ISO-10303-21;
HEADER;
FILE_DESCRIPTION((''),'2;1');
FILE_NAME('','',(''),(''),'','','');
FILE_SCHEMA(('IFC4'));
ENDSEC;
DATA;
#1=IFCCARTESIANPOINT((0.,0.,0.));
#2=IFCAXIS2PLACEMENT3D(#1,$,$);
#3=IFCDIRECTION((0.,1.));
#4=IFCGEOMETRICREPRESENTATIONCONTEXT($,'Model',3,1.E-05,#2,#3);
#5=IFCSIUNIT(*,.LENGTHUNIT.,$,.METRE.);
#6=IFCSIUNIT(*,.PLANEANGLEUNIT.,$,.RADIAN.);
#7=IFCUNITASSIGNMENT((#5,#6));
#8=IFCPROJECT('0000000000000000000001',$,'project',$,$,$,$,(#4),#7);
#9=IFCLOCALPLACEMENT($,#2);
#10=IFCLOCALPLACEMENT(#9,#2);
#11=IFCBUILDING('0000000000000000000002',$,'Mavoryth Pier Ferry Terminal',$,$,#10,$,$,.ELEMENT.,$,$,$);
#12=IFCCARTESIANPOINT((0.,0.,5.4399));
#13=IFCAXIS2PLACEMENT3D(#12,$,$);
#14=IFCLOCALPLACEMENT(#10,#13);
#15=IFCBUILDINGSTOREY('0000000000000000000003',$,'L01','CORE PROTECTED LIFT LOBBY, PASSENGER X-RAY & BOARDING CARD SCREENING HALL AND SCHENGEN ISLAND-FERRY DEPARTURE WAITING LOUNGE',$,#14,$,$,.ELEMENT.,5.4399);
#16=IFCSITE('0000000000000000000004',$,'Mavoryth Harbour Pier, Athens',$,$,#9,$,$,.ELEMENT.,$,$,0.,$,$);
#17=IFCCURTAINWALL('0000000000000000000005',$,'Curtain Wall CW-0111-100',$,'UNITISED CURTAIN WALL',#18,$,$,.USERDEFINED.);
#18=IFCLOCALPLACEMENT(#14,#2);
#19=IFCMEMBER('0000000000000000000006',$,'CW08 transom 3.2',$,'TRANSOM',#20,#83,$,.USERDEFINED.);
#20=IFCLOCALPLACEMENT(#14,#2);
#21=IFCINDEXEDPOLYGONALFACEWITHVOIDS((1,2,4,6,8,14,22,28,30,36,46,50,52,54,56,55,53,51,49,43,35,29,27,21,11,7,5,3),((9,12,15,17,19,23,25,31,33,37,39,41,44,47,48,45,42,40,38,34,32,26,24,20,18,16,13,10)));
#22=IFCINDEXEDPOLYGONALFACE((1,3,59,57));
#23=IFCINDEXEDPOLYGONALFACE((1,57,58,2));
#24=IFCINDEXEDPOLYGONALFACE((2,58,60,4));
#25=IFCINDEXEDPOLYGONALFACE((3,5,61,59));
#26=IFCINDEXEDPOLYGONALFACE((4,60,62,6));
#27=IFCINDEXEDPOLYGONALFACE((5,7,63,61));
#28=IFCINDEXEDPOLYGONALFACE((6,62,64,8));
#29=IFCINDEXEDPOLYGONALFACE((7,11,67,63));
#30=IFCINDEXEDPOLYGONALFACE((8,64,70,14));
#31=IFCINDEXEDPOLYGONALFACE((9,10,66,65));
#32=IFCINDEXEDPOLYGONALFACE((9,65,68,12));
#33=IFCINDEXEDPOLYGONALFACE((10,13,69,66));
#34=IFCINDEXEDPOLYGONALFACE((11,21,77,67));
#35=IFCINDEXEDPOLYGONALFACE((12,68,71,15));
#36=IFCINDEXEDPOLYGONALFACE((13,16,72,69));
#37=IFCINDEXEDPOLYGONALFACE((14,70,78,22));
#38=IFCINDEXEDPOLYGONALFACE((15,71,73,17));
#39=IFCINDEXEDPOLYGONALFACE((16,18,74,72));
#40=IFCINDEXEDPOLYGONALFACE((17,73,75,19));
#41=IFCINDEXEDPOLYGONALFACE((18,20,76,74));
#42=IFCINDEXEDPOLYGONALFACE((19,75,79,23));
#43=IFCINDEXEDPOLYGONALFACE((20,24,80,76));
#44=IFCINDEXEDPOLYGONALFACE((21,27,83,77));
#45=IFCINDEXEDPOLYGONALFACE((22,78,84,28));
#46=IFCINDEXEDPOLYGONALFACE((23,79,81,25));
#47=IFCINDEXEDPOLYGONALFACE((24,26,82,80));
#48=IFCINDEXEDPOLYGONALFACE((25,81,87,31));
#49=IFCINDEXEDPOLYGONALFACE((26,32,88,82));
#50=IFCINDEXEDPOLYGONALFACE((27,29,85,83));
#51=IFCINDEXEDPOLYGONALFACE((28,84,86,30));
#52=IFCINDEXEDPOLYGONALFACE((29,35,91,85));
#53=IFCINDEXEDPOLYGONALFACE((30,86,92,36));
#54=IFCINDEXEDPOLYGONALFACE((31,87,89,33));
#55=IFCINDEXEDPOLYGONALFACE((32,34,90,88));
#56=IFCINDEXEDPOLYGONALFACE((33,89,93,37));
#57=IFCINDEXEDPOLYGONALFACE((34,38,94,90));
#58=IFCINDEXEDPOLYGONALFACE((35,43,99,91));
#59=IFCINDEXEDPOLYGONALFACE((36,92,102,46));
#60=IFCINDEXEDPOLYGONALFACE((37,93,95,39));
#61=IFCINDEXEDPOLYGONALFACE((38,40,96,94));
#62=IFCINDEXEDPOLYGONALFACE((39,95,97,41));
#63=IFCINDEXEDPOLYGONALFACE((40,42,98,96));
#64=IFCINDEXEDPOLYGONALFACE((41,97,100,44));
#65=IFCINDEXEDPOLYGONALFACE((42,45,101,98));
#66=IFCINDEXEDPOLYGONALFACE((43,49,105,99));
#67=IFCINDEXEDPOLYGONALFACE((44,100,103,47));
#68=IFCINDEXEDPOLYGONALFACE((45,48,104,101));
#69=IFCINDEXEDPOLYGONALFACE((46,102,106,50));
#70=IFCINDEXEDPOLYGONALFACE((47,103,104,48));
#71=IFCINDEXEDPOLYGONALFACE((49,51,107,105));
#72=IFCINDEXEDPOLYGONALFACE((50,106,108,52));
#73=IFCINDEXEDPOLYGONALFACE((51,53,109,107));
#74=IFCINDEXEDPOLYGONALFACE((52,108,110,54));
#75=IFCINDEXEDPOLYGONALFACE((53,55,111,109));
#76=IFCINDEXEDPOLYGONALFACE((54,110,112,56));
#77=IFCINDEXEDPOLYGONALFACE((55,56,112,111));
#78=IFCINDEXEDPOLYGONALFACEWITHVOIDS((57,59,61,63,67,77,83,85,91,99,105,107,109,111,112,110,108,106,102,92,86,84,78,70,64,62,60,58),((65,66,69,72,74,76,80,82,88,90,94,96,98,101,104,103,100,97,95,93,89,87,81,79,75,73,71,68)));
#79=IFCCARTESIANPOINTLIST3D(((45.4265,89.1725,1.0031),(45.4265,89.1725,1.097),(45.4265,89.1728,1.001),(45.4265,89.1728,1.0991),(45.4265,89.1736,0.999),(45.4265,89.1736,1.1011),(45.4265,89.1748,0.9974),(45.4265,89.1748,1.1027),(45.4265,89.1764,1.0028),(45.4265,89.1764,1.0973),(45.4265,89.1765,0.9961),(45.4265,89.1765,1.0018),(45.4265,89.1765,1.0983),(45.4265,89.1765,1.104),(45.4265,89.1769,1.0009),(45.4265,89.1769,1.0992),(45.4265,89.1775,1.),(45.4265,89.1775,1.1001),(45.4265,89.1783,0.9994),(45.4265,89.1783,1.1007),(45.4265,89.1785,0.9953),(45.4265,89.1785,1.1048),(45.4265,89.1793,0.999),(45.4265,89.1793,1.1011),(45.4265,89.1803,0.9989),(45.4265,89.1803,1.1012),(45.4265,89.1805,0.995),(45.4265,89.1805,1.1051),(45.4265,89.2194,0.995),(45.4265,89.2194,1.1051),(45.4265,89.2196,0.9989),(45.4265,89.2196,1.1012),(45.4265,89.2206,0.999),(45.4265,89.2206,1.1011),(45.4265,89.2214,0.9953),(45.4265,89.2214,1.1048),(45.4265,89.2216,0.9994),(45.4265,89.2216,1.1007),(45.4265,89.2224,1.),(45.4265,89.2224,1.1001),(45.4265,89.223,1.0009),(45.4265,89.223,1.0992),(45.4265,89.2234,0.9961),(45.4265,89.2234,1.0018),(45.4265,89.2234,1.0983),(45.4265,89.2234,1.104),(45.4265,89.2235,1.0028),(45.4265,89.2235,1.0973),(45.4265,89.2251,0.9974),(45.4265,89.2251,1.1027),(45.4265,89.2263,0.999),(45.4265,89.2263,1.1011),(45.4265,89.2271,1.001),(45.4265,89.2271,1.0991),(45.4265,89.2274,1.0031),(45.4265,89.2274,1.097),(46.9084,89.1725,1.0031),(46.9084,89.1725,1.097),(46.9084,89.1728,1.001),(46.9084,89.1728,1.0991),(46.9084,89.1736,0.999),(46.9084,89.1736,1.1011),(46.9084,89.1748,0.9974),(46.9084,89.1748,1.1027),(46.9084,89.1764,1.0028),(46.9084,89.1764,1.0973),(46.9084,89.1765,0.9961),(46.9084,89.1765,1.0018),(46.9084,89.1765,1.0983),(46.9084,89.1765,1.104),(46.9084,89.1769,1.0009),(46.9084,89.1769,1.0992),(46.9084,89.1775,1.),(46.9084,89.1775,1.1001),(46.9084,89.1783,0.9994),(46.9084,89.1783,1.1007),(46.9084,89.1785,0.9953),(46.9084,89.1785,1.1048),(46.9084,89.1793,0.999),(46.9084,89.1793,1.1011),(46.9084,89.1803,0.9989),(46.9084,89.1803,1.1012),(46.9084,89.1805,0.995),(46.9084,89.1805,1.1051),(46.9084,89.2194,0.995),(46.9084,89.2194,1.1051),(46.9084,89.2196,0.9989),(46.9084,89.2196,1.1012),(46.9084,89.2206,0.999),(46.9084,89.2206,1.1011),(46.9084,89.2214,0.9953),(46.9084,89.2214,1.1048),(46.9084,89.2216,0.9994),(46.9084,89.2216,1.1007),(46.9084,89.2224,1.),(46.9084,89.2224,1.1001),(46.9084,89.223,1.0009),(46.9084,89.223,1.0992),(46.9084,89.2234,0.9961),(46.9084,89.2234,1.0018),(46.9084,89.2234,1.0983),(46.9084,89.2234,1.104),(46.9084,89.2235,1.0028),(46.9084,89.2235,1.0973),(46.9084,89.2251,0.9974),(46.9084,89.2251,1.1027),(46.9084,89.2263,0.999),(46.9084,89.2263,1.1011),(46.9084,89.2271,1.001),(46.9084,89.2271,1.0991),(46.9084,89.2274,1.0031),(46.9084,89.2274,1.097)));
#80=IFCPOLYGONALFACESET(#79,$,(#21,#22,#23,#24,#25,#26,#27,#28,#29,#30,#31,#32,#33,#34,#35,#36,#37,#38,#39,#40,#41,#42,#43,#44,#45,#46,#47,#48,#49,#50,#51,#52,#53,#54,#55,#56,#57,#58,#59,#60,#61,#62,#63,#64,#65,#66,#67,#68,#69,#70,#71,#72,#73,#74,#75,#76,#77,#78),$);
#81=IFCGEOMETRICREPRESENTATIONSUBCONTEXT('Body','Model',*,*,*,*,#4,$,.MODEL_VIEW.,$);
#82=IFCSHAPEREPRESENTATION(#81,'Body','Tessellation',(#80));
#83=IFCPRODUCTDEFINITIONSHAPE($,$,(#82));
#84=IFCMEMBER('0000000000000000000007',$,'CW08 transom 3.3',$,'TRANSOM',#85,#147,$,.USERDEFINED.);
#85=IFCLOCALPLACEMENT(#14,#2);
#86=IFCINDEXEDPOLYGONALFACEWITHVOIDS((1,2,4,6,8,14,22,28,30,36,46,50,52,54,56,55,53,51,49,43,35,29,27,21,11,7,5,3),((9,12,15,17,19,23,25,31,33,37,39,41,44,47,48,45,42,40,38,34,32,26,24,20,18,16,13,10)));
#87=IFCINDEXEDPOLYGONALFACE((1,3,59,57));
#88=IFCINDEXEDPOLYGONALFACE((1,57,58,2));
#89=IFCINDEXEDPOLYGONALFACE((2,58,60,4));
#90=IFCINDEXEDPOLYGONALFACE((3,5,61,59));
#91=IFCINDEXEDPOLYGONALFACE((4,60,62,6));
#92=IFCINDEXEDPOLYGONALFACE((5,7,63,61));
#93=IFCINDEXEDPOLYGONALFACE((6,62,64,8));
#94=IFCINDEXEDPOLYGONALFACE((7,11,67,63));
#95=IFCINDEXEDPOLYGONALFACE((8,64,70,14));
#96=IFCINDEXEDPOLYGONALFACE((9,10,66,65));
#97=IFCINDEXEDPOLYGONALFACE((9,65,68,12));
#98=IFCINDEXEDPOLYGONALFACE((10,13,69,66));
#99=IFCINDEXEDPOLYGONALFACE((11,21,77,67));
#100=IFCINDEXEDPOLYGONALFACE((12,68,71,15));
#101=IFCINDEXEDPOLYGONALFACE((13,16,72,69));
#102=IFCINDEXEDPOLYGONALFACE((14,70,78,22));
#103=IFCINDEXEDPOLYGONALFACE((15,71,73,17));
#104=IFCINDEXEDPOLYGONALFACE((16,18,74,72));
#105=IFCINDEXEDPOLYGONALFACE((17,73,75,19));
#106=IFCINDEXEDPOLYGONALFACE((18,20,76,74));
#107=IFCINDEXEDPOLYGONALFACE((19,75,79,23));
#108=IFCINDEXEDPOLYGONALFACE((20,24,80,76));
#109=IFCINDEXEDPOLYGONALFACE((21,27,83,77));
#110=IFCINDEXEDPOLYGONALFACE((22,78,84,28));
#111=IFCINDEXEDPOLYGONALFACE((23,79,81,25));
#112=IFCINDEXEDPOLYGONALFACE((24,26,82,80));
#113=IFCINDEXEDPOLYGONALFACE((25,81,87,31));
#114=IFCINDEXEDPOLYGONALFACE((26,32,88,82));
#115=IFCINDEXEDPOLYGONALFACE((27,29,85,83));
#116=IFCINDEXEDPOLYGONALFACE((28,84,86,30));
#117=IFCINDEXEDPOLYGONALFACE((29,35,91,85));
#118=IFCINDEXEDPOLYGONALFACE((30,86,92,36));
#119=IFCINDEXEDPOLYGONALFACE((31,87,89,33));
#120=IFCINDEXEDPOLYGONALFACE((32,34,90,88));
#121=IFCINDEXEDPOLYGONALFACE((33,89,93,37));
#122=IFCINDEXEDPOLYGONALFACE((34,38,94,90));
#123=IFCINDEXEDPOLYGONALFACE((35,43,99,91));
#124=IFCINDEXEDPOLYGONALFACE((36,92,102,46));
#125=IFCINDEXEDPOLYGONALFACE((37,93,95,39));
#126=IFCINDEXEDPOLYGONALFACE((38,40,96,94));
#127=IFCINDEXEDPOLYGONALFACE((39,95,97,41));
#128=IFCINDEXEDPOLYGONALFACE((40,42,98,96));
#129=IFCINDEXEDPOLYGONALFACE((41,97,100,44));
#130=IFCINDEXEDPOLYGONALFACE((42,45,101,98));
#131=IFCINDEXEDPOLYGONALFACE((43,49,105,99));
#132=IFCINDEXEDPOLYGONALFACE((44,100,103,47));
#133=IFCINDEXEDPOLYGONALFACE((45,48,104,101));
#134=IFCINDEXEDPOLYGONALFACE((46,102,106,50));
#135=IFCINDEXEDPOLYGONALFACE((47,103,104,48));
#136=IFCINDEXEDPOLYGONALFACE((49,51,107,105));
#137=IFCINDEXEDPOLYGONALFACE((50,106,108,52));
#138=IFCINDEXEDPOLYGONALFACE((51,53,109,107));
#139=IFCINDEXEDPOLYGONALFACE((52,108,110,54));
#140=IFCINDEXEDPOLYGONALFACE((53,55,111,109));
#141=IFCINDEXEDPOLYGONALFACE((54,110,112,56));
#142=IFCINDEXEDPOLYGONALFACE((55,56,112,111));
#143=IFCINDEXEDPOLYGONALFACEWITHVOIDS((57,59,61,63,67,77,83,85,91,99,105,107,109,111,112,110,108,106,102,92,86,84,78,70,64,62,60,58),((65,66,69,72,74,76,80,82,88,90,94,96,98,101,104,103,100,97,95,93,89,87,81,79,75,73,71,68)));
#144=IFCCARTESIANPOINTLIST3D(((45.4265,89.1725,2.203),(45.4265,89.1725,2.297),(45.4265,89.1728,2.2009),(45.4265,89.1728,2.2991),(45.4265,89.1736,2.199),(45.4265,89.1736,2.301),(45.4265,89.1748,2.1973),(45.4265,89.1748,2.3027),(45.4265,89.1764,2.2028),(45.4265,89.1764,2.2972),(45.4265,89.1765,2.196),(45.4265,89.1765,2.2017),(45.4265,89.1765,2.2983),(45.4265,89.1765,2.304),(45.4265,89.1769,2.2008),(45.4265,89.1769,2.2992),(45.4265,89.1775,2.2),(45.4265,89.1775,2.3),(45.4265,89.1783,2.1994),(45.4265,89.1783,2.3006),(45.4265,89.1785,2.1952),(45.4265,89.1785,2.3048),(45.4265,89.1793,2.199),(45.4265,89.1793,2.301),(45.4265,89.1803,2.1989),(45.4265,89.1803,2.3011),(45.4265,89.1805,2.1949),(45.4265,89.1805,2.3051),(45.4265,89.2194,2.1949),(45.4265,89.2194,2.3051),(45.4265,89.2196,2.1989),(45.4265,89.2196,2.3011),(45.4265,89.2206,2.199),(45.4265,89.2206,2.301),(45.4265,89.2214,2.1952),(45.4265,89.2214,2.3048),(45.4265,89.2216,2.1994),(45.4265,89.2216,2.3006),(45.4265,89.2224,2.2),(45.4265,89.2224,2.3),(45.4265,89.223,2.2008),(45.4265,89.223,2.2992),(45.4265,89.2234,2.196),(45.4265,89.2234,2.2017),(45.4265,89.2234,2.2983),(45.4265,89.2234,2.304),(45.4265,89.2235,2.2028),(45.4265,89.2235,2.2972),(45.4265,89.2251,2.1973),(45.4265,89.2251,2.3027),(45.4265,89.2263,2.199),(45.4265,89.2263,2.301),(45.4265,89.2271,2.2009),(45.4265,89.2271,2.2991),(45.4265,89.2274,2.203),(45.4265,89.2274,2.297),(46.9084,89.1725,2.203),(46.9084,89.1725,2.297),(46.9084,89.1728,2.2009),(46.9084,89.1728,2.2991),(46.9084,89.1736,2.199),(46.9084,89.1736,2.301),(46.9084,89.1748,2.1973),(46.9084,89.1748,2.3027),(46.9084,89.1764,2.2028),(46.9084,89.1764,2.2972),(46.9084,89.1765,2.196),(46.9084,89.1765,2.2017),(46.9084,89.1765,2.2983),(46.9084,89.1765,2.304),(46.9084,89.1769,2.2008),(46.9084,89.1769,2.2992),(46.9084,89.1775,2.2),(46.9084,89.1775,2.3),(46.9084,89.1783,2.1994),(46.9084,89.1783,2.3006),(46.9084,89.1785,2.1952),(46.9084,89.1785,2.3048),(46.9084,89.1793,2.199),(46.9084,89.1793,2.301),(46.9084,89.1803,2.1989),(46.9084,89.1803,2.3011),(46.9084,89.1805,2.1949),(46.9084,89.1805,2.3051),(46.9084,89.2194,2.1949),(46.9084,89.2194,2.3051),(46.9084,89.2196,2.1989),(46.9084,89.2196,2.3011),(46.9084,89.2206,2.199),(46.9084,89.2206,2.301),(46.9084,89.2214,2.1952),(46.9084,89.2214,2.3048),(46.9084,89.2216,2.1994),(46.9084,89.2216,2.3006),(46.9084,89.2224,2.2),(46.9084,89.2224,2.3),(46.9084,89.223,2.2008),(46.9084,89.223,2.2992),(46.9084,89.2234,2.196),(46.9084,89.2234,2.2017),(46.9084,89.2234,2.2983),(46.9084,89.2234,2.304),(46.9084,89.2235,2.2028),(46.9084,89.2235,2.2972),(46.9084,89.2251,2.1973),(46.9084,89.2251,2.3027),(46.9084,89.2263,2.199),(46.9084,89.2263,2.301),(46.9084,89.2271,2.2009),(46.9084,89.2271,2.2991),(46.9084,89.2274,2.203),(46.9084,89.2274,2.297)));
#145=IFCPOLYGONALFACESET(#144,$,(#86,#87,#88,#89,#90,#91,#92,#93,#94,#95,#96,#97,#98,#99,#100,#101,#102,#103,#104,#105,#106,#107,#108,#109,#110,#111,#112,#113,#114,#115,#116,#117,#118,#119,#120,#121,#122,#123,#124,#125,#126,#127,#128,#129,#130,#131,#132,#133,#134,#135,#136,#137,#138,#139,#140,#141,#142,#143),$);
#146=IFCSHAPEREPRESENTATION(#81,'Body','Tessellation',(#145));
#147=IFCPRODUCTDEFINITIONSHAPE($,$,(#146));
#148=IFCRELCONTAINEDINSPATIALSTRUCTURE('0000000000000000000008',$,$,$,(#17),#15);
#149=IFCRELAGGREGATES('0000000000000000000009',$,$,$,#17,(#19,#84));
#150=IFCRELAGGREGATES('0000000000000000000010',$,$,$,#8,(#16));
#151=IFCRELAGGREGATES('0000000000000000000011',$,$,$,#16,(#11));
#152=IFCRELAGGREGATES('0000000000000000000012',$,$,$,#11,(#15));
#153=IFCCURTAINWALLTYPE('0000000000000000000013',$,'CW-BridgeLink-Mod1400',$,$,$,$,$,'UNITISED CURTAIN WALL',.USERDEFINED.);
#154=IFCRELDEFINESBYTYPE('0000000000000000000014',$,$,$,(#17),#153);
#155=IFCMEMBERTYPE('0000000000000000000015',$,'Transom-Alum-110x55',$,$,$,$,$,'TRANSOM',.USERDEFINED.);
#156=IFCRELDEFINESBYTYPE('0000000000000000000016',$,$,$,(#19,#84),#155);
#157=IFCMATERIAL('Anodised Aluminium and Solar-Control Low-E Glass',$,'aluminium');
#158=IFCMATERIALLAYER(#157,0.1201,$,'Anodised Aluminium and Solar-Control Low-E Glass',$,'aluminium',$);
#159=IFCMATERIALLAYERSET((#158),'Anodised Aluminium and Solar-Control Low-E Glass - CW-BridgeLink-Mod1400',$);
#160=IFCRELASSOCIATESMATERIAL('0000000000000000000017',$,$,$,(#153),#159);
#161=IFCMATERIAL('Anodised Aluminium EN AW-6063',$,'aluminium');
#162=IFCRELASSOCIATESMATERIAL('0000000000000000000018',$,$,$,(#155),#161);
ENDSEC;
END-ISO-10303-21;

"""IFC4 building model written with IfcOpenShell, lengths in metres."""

from ifc_helpers import new_model, si_unit, direction, frame, origin, origin_2d, place, context, subcontext, project, spatial, hollow_rectangle, extrude, material, layer, layer_set, material_profile, profile_set, type_object, element, aggregate, save


model = new_model("IFC4")

# Units and contexts
model_context = context("Model", 3, precision=1e-05, world=origin(), true_north=direction((0.0, 1.0)))
body_context = subcontext(model_context, "Body", "Model", "MODEL_VIEW")
ifc_project = project(units=[si_unit("LENGTHUNIT", "METRE"), si_unit("PLANEANGLEUNIT", "RADIAN")], contexts=[model_context])

# Site, building, storey
site_placement = place(None, origin())
site = spatial("IfcSite", under=ifc_project, at=site_placement, Name="Mavoryth Harbour Pier, Athens", CompositionType="ELEMENT", RefElevation=0.0)
building_placement = place(site_placement, origin())
building = spatial("IfcBuilding", under=site, at=building_placement, Name="Mavoryth Pier Ferry Terminal", CompositionType="ELEMENT")
storey_placement = place(building_placement, frame((0.0, 0.0, 5.4399)))
storey = spatial("IfcBuildingStorey", under=building, at=storey_placement, Name="L01", Description="CORE PROTECTED LIFT LOBBY, PASSENGER X-RAY & BOARDING CARD SCREENING HALL AND SCHENGEN ISLAND-FERRY DEPARTURE WAITING LOUNGE", CompositionType="ELEMENT", Elevation=5.4399)

# Curtain wall
ifc_material_1 = material(Name="Anodised Aluminium and Solar-Control Low-E Glass", Category="aluminium")
ifc_layer_1 = layer(ifc_material_1, 0.1201, Name="Anodised Aluminium and Solar-Control Low-E Glass", Category="aluminium")
ifc_layer_set_1 = layer_set([ifc_layer_1], Name="Anodised Aluminium and Solar-Control Low-E Glass - CW-BridgeLink-Mod1400")
curtain_wall_type = type_object("IfcCurtainWallType", Name="CW-BridgeLink-Mod1400", ElementType="UNITISED CURTAIN WALL", PredefinedType="USERDEFINED", material=ifc_layer_set_1)
curtain_wall_placement = place(storey_placement, origin())
curtain_wall = element("IfcCurtainWall", 1, at=curtain_wall_placement, inside=storey, type_object=curtain_wall_type, Name="Curtain Wall CW-0111-100", ObjectType="UNITISED CURTAIN WALL", PredefinedType="USERDEFINED")
ifc_material_2 = material(Name="Anodised Aluminium EN AW-6063", Category="aluminium")

# Members
ifc_material_profile_1 = material_profile(ifc_material_2, hollow_rectangle(XDim=0.0549, YDim=0.1101, WallThickness=0.0039, InnerFilletRadius=0.0039, OuterFilletRadius=0.0081, at=origin_2d()), Name="AL-TRAN 110x55x4", Category="aluminium")
ifc_profile_set_1 = profile_set([ifc_material_profile_1], Name="Anodised Aluminium EN AW-6063 - AL-TRAN 110x55x4")
member_type_1 = type_object("IfcMemberType", Name="Transom-Alum-110x55", ElementType="TRANSOM", PredefinedType="USERDEFINED", material=ifc_profile_set_1)
member_1_placement = place(storey_placement, frame((45.4265, 89.2, 1.05), z_axis=(1.0, 0.0, 0.0), x_axis=(0.0, 1.0, 0.0)))
member_1 = element("IfcMember", 2, at=member_1_placement, type_object=member_type_1, Name="CW08 transom 3.2", ObjectType="TRANSOM", PredefinedType="USERDEFINED", context=body_context, shape_type="SweptSolid", body=[
    extrude(hollow_rectangle(XDim=0.0549, YDim=0.1101, WallThickness=0.0039, InnerFilletRadius=0.0039, OuterFilletRadius=0.0081, at=origin_2d()), origin(), (0.0, 0.0, 1.0), 1.4819),
])
member_2_placement = place(storey_placement, frame((45.4265, 89.2, 2.25), z_axis=(1.0, 0.0, 0.0), x_axis=(0.0, 1.0, 0.0)))
member_2 = element("IfcMember", 3, at=member_2_placement, type_object=member_type_1, Name="CW08 transom 3.3", ObjectType="TRANSOM", PredefinedType="USERDEFINED", context=body_context, shape_type="SweptSolid", body=[
    extrude(hollow_rectangle(XDim=0.0549, YDim=0.1101, WallThickness=0.0039, InnerFilletRadius=0.0039, OuterFilletRadius=0.0081, at=origin_2d()), origin(), (0.0, 0.0, 1.0), 1.4819),
])

aggregate(curtain_wall, [member_1, member_2])

save(model, "model.ifc")
